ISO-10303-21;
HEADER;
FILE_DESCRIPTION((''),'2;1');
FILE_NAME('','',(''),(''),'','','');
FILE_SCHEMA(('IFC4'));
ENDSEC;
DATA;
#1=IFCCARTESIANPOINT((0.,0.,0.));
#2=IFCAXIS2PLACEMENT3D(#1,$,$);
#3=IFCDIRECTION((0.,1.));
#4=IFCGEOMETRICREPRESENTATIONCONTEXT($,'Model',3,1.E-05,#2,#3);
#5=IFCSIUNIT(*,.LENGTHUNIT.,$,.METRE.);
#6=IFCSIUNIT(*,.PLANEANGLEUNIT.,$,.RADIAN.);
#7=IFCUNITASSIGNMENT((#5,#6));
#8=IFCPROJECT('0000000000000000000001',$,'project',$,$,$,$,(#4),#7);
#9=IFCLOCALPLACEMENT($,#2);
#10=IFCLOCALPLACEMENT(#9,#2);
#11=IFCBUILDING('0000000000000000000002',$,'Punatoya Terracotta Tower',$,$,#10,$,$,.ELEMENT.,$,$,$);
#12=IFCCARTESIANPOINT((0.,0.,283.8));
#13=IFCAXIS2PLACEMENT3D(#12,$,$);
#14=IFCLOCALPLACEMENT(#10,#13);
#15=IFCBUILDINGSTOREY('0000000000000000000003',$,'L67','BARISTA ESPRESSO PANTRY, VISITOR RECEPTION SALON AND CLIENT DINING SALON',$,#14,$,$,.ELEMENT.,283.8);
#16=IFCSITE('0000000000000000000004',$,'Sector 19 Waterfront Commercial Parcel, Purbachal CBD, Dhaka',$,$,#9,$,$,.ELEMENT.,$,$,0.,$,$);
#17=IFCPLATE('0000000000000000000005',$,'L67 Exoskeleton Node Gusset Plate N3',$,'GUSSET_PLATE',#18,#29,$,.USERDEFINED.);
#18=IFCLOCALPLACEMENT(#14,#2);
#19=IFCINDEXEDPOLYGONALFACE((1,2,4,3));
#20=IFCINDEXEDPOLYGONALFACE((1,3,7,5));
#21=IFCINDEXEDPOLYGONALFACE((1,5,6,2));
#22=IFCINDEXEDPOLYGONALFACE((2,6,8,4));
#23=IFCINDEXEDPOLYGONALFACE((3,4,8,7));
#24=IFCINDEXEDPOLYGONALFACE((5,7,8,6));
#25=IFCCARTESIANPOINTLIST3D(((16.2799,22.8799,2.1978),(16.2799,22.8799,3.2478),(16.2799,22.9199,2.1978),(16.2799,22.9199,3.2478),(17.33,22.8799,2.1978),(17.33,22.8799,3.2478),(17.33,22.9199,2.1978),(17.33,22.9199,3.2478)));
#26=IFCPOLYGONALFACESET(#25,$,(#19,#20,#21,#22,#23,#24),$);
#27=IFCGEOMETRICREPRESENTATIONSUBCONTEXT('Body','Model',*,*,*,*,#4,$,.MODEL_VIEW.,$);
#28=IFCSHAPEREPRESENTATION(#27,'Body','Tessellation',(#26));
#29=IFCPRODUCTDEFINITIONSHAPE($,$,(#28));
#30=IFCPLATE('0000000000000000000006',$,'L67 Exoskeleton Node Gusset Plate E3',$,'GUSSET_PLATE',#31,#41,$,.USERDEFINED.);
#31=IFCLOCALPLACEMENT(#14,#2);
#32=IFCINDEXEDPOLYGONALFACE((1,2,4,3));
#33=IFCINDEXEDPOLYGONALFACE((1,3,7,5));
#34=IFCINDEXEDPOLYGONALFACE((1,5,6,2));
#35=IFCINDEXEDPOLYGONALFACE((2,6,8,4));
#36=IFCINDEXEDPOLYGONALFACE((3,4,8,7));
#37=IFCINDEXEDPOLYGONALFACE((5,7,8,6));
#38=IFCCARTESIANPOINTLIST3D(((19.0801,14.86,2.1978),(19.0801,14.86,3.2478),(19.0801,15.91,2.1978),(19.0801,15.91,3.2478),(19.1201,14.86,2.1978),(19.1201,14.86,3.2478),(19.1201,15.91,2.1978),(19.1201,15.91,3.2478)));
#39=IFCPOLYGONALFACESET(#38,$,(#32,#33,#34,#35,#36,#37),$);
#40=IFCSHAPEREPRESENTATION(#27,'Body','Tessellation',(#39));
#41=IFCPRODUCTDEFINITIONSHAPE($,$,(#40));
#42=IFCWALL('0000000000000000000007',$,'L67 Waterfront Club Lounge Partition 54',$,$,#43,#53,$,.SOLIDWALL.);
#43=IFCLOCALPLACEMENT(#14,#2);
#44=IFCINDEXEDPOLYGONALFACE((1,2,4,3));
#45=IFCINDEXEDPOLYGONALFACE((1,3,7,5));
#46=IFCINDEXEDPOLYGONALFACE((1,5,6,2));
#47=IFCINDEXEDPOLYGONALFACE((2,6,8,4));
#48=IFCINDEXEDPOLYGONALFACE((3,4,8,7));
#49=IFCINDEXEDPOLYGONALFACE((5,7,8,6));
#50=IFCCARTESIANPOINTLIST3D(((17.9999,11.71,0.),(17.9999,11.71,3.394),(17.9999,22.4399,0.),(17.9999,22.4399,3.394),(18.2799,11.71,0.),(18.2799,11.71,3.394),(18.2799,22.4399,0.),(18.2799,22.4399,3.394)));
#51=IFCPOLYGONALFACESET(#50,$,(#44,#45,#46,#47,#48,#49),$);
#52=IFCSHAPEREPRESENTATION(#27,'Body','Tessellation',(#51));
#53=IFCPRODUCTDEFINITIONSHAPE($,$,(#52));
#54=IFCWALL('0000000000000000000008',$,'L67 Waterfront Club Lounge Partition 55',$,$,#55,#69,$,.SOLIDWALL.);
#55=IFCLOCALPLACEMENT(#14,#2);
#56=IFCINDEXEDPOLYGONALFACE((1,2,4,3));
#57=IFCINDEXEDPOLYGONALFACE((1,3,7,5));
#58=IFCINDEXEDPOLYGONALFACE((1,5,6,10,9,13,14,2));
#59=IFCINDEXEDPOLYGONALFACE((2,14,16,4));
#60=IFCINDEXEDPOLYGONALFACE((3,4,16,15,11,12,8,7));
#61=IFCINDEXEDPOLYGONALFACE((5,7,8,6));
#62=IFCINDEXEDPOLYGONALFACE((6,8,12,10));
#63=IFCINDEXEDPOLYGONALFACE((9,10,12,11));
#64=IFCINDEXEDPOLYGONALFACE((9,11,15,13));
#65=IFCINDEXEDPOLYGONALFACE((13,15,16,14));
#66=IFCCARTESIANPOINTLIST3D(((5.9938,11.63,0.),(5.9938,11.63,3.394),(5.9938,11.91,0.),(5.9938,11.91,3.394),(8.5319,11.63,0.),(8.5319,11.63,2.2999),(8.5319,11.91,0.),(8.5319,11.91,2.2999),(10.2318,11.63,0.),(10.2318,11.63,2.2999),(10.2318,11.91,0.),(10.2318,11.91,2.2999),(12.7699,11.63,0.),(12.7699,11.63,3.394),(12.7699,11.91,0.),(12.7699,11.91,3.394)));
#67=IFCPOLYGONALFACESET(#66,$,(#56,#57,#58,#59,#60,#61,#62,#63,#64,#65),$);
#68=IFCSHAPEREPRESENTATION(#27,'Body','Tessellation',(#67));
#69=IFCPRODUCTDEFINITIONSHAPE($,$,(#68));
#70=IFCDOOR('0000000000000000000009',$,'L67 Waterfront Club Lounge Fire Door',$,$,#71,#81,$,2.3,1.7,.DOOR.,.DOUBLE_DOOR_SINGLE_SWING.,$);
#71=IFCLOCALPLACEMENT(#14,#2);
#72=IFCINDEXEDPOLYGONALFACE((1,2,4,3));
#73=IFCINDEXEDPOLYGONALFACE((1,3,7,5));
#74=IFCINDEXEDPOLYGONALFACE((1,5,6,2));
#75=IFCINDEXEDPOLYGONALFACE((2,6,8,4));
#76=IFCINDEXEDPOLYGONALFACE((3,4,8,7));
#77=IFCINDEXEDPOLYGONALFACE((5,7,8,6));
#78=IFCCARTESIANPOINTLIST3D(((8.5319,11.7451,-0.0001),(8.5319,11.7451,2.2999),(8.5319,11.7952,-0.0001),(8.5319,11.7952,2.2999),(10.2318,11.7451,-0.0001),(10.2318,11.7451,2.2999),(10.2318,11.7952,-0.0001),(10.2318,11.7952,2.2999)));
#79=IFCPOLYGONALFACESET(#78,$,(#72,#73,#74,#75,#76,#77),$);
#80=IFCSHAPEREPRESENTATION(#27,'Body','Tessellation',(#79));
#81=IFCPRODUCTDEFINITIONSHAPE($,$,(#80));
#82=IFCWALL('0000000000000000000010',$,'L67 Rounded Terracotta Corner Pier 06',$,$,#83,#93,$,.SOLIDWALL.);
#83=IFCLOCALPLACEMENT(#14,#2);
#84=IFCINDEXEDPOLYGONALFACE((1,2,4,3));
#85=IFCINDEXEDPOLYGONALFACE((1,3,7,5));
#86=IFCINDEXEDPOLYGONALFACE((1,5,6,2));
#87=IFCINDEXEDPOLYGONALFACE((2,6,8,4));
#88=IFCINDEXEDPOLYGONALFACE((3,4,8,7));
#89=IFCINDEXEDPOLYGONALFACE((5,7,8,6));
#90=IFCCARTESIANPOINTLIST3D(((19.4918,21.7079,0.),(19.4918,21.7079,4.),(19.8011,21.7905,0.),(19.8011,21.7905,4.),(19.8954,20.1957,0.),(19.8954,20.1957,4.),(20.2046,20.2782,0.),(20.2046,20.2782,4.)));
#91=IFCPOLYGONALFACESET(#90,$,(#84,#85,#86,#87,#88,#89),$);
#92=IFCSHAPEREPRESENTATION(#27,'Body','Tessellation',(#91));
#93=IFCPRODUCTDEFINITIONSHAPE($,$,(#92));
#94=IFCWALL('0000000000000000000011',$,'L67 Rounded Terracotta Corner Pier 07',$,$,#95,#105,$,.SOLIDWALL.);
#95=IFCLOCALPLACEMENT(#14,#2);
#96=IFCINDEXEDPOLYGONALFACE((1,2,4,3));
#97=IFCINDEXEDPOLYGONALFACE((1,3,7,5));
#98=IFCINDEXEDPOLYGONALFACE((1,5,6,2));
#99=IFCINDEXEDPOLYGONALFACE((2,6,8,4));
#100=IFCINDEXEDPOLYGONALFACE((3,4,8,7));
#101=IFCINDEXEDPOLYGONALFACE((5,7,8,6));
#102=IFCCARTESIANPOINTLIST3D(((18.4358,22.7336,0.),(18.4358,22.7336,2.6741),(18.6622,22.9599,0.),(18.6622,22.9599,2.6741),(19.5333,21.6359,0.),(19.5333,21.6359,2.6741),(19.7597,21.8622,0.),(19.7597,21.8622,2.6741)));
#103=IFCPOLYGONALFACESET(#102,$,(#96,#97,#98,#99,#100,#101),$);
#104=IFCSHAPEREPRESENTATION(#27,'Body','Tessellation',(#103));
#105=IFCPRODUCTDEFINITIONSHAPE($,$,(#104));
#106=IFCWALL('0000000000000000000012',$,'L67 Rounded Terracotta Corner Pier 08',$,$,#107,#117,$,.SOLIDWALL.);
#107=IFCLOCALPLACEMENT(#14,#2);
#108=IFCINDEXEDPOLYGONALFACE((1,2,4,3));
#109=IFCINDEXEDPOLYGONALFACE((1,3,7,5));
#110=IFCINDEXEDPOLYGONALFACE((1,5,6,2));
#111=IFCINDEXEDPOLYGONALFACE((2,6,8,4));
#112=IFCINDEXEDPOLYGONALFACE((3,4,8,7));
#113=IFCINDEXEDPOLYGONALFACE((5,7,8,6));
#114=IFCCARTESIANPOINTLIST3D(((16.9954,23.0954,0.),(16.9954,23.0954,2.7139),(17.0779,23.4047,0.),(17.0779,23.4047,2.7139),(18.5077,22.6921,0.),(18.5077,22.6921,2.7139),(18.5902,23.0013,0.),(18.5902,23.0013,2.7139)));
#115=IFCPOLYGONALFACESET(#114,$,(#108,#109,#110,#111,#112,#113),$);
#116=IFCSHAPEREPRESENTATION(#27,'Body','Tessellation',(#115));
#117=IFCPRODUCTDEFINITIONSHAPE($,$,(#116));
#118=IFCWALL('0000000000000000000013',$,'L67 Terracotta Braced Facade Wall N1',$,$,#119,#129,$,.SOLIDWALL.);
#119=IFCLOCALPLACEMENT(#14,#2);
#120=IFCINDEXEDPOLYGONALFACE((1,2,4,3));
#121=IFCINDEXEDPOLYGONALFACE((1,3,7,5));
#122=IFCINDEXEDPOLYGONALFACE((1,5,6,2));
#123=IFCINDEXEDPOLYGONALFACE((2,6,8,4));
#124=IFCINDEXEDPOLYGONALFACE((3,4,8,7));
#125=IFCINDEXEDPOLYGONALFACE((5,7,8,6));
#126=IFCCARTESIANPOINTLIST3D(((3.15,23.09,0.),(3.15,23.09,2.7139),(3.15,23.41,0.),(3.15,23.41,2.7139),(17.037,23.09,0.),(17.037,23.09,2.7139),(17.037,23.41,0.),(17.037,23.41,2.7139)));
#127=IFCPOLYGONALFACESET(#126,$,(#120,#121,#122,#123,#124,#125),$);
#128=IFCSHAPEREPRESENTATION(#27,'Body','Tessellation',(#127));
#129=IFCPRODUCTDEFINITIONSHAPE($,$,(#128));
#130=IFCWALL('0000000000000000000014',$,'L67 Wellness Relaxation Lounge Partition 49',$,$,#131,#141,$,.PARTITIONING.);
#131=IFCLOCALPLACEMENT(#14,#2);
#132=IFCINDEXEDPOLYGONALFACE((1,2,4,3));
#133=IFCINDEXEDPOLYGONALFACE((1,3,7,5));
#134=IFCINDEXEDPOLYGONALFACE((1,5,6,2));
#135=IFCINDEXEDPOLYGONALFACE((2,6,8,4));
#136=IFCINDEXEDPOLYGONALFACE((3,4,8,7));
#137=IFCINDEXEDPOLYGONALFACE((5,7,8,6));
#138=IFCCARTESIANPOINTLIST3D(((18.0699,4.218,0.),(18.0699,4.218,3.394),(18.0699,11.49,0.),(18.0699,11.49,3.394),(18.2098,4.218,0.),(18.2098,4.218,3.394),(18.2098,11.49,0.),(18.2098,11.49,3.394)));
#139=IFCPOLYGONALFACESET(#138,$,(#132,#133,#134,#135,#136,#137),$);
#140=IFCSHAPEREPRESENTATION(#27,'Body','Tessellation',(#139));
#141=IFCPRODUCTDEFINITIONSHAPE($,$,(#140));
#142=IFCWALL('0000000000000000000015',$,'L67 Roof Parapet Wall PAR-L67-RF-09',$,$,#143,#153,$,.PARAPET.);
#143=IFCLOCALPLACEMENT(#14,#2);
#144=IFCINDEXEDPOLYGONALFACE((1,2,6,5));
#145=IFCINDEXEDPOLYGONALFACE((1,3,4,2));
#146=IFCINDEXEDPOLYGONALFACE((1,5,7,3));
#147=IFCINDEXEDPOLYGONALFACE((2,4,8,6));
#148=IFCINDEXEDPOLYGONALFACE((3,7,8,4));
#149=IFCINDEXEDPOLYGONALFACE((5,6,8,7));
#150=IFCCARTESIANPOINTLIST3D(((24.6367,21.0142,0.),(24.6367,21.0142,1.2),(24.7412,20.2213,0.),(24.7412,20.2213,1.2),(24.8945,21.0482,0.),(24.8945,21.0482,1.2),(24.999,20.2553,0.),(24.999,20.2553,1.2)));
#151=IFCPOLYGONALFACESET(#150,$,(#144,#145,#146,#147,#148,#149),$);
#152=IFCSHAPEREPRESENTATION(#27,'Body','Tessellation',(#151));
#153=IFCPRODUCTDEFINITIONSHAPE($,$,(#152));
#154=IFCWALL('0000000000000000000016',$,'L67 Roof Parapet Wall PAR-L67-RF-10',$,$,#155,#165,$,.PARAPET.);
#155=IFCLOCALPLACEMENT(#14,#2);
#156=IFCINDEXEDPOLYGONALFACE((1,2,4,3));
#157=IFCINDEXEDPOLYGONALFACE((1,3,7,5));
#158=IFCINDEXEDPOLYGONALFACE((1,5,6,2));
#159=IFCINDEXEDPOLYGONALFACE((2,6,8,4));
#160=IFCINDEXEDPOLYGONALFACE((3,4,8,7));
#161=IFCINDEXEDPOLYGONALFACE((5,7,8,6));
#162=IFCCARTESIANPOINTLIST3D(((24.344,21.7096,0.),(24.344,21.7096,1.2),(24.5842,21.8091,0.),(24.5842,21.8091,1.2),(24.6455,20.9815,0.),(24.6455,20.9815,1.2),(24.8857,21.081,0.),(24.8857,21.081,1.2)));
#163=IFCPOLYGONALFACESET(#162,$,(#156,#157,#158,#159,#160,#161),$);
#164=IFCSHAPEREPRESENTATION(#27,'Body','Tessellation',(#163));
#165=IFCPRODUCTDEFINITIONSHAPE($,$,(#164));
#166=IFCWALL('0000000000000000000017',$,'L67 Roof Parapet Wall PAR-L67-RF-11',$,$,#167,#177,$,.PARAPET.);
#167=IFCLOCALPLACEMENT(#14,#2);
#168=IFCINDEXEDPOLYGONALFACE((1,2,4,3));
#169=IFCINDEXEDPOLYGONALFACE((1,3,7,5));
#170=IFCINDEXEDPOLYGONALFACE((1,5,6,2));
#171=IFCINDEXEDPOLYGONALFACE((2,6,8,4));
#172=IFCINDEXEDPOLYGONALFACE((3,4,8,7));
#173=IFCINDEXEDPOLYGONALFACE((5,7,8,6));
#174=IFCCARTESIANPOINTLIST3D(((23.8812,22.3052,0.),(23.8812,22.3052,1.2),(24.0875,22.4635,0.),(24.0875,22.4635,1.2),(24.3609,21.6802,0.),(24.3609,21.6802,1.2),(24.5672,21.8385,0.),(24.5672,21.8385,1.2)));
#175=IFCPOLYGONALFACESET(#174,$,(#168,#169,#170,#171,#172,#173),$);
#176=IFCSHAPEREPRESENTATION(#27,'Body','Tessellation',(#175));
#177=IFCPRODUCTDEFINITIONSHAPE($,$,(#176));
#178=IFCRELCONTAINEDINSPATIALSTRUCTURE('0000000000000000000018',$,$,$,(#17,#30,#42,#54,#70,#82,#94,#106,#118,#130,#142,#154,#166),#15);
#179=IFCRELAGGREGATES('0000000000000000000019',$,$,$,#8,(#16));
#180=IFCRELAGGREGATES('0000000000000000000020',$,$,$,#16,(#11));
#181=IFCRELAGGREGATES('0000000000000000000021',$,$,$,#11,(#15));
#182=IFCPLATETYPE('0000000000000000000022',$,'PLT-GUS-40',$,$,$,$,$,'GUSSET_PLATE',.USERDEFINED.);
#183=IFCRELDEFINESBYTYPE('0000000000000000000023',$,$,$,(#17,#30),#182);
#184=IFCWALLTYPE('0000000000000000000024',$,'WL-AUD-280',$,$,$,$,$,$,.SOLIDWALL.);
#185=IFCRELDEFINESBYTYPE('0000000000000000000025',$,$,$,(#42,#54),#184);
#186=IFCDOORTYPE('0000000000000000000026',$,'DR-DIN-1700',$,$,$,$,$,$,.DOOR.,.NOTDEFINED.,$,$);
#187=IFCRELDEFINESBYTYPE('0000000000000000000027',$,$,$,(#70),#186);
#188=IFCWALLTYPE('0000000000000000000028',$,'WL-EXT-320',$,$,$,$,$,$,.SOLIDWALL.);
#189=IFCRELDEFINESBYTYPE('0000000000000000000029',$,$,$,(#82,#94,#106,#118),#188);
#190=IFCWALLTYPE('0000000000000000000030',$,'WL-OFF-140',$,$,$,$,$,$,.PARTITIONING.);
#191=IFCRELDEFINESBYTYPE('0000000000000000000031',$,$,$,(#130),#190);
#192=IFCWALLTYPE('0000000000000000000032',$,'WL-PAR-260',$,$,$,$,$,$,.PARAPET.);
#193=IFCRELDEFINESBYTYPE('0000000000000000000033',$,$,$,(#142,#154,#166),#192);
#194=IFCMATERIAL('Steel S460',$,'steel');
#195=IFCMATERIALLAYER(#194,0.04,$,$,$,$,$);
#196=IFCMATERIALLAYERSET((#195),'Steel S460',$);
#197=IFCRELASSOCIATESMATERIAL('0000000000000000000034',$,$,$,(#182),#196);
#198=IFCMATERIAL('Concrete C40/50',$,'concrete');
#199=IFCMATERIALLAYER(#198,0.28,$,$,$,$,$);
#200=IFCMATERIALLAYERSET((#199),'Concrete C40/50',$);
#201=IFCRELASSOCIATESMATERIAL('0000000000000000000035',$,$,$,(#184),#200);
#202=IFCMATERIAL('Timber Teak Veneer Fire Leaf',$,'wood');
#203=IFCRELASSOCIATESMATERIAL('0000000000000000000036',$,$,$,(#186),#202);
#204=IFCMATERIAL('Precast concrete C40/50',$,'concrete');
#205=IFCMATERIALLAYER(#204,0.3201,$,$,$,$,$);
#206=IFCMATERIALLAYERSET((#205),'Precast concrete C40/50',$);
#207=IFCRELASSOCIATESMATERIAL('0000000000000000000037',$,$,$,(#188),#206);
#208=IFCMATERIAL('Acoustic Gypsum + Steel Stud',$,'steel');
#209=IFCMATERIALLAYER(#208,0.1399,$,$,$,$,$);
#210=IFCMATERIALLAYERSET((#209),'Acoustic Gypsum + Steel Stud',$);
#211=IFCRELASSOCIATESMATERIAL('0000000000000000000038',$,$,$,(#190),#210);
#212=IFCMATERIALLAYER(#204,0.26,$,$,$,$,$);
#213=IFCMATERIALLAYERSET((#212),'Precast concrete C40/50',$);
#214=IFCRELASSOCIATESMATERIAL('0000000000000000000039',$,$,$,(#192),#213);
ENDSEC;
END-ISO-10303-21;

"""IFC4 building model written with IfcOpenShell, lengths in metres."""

from ifc_helpers import new_model, si_unit, direction, frame, frame_2d, origin, origin_2d, place, context, subcontext, project, spatial, rectangle, extrude, material, layer, layer_set, type_object, element, fill, save


model = new_model("IFC4")

# Units and contexts
model_context = context("Model", 3, precision=1e-05, world=origin(), true_north=direction((0.0, 1.0)))
body_context = subcontext(model_context, "Body", "Model", "MODEL_VIEW")
ifc_project = project(units=[si_unit("LENGTHUNIT", "METRE"), si_unit("PLANEANGLEUNIT", "RADIAN")], contexts=[model_context])

# Site, building, storey
site_placement = place(None, origin())
site = spatial("IfcSite", under=ifc_project, at=site_placement, Name="Sector 19 Waterfront Commercial Parcel, Purbachal CBD, Dhaka", CompositionType="ELEMENT", RefElevation=0.0)
building_placement = place(site_placement, origin())
building = spatial("IfcBuilding", under=site, at=building_placement, Name="Punatoya Terracotta Tower", CompositionType="ELEMENT")
storey_placement = place(building_placement, frame((0.0, 0.0, 283.8)))
storey = spatial("IfcBuildingStorey", under=building, at=storey_placement, Name="L67", Description="BARISTA ESPRESSO PANTRY, VISITOR RECEPTION SALON AND CLIENT DINING SALON", CompositionType="ELEMENT", Elevation=283.8)

# Shared definitions
ifc_material_1 = material(Name="Steel S460", Category="steel")

# Plates
ifc_layer_1 = layer(ifc_material_1, 0.04)
ifc_layer_set_1 = layer_set([ifc_layer_1], Name="Steel S460")
plate_type_1 = type_object("IfcPlateType", Name="PLT-GUS-40", ElementType="GUSSET_PLATE", PredefinedType="USERDEFINED", material=ifc_layer_set_1)
for number, where, z_axis, x_axis, name in (
    (1, (16.8049, 22.8999, 2.1978), (0.0, 0.0, 1.0), (1.0, 0.0, 0.0), "L67 Exoskeleton Node Gusset Plate N3"),
    (2, (19.1001, 15.385, 2.1978), (0.0, 0.0, 1.0), (0.0, 1.0, 0.0), "L67 Exoskeleton Node Gusset Plate E3"),
):
    element("IfcPlate", number, at=place(storey_placement, frame(where, z_axis=z_axis, x_axis=x_axis)), inside=storey, type_object=plate_type_1, Name=name, ObjectType="GUSSET_PLATE", PredefinedType="USERDEFINED", context=body_context, shape_type="SweptSolid", body=[
        extrude(rectangle(XDim=1.05, YDim=0.04, at=origin_2d()), origin(), (0.0, 0.0, 1.0), 1.05),
    ])

# Wall
ifc_material_2 = material(Name="Concrete C40/50", Category="concrete")
ifc_layer_2 = layer(ifc_material_2, 0.28)
ifc_layer_set_2 = layer_set([ifc_layer_2], Name="Concrete C40/50")
wall_type_1 = type_object("IfcWallType", Name="WL-AUD-280", PredefinedType="SOLIDWALL", material=ifc_layer_set_2)
wall_1_placement = place(storey_placement, frame((18.1399, 22.4399, 0.0), z_axis=(0.0, 0.0, 1.0), x_axis=(0.0, -1.0, 0.0)))
element("IfcWall", 3, at=wall_1_placement, inside=storey, type_object=wall_type_1, Name="L67 Waterfront Club Lounge Partition 54", PredefinedType="SOLIDWALL", context=body_context, shape_type="SweptSolid", body=[
    extrude(rectangle(XDim=10.73, YDim=0.28, at=frame_2d((5.365, 0.0))), origin(), (0.0, 0.0, 1.0), 3.394),
])

# Wall, opening, door
wall_2_placement = place(storey_placement, frame((12.77, 11.77, 0.0), z_axis=(0.0, 0.0, 1.0), x_axis=(-1.0, 0.0, 0.0)))
wall_2 = element("IfcWall", 4, at=wall_2_placement, inside=storey, type_object=wall_type_1, Name="L67 Waterfront Club Lounge Partition 55", PredefinedType="SOLIDWALL", context=body_context, shape_type="SweptSolid", body=[
    extrude(rectangle(XDim=6.7761, YDim=0.28, at=frame_2d((3.3882, 0.0))), origin(), (0.0, 0.0, 1.0), 3.394),
])
opening_placement = place(wall_2_placement, frame((2.5381, 0.0, 0.0)))
opening = element("IfcOpeningElement", 5, at=opening_placement, cuts=wall_2, PredefinedType="OPENING", context=body_context, shape_type="SweptSolid", body=[
    extrude(rectangle(XDim=1.7, YDim=2.3, at=frame_2d((0.8501, 1.1499))), frame((0.0, 0.1499, 0.0), z_axis=(0.0, -1.0, 0.0), x_axis=(1.0, 0.0, 0.0)), (0.0, 0.0, 1.0), 0.3),
])
ifc_material_3 = material(Name="Timber Teak Veneer Fire Leaf", Category="wood")
door_type = type_object("IfcDoorType", Name="DR-DIN-1700", OperationType="NOTDEFINED", PredefinedType="DOOR", material=ifc_material_3)
door_placement = place(opening_placement, origin())
door = element("IfcDoor", 6, at=door_placement, inside=storey, type_object=door_type, Name="L67 Waterfront Club Lounge Fire Door", OperationType="DOUBLE_DOOR_SINGLE_SWING", OverallHeight=2.3, OverallWidth=1.7, PredefinedType="DOOR", context=body_context, shape_type="SweptSolid", body=[
    extrude(rectangle(XDim=1.7, YDim=2.3, at=frame_2d((0.8501, 1.1499))), frame((0.0, 0.0249, 0.0), z_axis=(0.0, -1.0, 0.0), x_axis=(1.0, 0.0, 0.0)), (0.0, 0.0, 1.0), 0.05),
])
fill(opening, door)

# Walls
ifc_material_4 = material(Name="Precast concrete C40/50", Category="concrete")
ifc_layer_3 = layer(ifc_material_4, 0.3201)
ifc_layer_set_3 = layer_set([ifc_layer_3], Name="Precast concrete C40/50")
wall_type_2 = type_object("IfcWallType", Name="WL-EXT-320", PredefinedType="SOLIDWALL", material=ifc_layer_set_3)
wall_3_placement = place(storey_placement, frame((20.05, 20.2368, 0.0), z_axis=(0.0, 0.0, 1.0), x_axis=(-0.257847, 0.966186, 0.0)))
element("IfcWall", 7, at=wall_3_placement, inside=storey, type_object=wall_type_2, Name="L67 Rounded Terracotta Corner Pier 06", PredefinedType="SOLIDWALL", context=body_context, shape_type="SweptSolid", body=[
    extrude(rectangle(XDim=1.5652, YDim=0.3201, at=frame_2d((0.7827, 0.0))), origin(), (0.0, 0.0, 1.0), 4.0),
])
wall_4_placement = place(storey_placement, frame((19.6465, 21.749, 0.0), z_axis=(0.0, 0.0, 1.0), x_axis=(-0.707028, 0.707185, 0.0)))
element("IfcWall", 8, at=wall_4_placement, inside=storey, type_object=wall_type_2, Name="L67 Rounded Terracotta Corner Pier 07", PredefinedType="SOLIDWALL", context=body_context, shape_type="SweptSolid", body=[
    extrude(rectangle(XDim=1.5522, YDim=0.3201, at=frame_2d((0.7761, 0.0))), origin(), (0.0, 0.0, 1.0), 2.6741),
])
wall_5_placement = place(storey_placement, frame((18.5491, 22.8467, 0.0), z_axis=(0.0, 0.0, 1.0), x_axis=(-0.966225, 0.257701, 0.0)))
element("IfcWall", 9, at=wall_5_placement, inside=storey, type_object=wall_type_2, Name="L67 Rounded Terracotta Corner Pier 08", PredefinedType="SOLIDWALL", context=body_context, shape_type="SweptSolid", body=[
    extrude(rectangle(XDim=1.5652, YDim=0.3201, at=frame_2d((0.7827, 0.0))), origin(), (0.0, 0.0, 1.0), 2.7139),
])
wall_6_placement = place(storey_placement, frame((17.0369, 23.25, 0.0), z_axis=(0.0, 0.0, 1.0), x_axis=(-1.0, 0.0, 0.0)))
element("IfcWall", 10, at=wall_6_placement, inside=storey, type_object=wall_type_2, Name="L67 Terracotta Braced Facade Wall N1", PredefinedType="SOLIDWALL", context=body_context, shape_type="SweptSolid", body=[
    extrude(rectangle(XDim=13.887, YDim=0.3201, at=frame_2d((6.9434, 0.0))), origin(), (0.0, 0.0, 1.0), 2.7139),
])
ifc_material_5 = material(Name="Acoustic Gypsum + Steel Stud", Category="steel")
ifc_layer_4 = layer(ifc_material_5, 0.1399)
ifc_layer_set_4 = layer_set([ifc_layer_4], Name="Acoustic Gypsum + Steel Stud")
wall_type_3 = type_object("IfcWallType", Name="WL-OFF-140", PredefinedType="PARTITIONING", material=ifc_layer_set_4)
wall_7_placement = place(storey_placement, frame((18.1399, 11.49, 0.0), z_axis=(0.0, 0.0, 1.0), x_axis=(0.0, -1.0, 0.0)))
element("IfcWall", 11, at=wall_7_placement, inside=storey, type_object=wall_type_3, Name="L67 Wellness Relaxation Lounge Partition 49", PredefinedType="PARTITIONING", context=body_context, shape_type="SweptSolid", body=[
    extrude(rectangle(XDim=7.272, YDim=0.1399, at=frame_2d((3.636, 0.0))), origin(), (0.0, 0.0, 1.0), 3.394),
])
ifc_layer_5 = layer(ifc_material_4, 0.26)
ifc_layer_set_5 = layer_set([ifc_layer_5], Name="Precast concrete C40/50")
wall_type_4 = type_object("IfcWallType", Name="WL-PAR-260", PredefinedType="PARAPET", material=ifc_layer_set_5)
wall_8_placement = place(storey_placement, frame((24.8701, 20.2383, 0.0), z_axis=(0.0, 0.0, 1.0), x_axis=(-0.130644, 0.991429, 0.0)))
element("IfcWall", 12, at=wall_8_placement, inside=storey, type_object=wall_type_4, Name="L67 Roof Parapet Wall PAR-L67-RF-09", PredefinedType="PARAPET", context=body_context, shape_type="SweptSolid", body=[
    extrude(rectangle(XDim=0.7998, YDim=0.26, at=frame_2d((0.3999, 0.0))), origin(), (0.0, 0.0, 1.0), 1.2),
])
wall_9_placement = place(storey_placement, frame((24.7656, 21.0312, 0.0), z_axis=(0.0, 0.0, 1.0), x_axis=(-0.382635, 0.9239, 0.0)))
element("IfcWall", 13, at=wall_9_placement, inside=storey, type_object=wall_type_4, Name="L67 Roof Parapet Wall PAR-L67-RF-10", PredefinedType="PARAPET", context=body_context, shape_type="SweptSolid", body=[
    extrude(rectangle(XDim=0.7881, YDim=0.26, at=frame_2d((0.394, 0.0))), origin(), (0.0, 0.0, 1.0), 1.2),
])
wall_10_placement = place(storey_placement, frame((24.4641, 21.7593, 0.0), z_axis=(0.0, 0.0, 1.0), x_axis=(-0.608887, 0.793257, 0.0)))
element("IfcWall", 14, at=wall_10_placement, inside=storey, type_object=wall_type_4, Name="L67 Roof Parapet Wall PAR-L67-RF-11", PredefinedType="PARAPET", context=body_context, shape_type="SweptSolid", body=[
    extrude(rectangle(XDim=0.7878, YDim=0.26, at=frame_2d((0.394, 0.0))), origin(), (0.0, 0.0, 1.0), 1.2),
])

save(model, "model.ifc")
